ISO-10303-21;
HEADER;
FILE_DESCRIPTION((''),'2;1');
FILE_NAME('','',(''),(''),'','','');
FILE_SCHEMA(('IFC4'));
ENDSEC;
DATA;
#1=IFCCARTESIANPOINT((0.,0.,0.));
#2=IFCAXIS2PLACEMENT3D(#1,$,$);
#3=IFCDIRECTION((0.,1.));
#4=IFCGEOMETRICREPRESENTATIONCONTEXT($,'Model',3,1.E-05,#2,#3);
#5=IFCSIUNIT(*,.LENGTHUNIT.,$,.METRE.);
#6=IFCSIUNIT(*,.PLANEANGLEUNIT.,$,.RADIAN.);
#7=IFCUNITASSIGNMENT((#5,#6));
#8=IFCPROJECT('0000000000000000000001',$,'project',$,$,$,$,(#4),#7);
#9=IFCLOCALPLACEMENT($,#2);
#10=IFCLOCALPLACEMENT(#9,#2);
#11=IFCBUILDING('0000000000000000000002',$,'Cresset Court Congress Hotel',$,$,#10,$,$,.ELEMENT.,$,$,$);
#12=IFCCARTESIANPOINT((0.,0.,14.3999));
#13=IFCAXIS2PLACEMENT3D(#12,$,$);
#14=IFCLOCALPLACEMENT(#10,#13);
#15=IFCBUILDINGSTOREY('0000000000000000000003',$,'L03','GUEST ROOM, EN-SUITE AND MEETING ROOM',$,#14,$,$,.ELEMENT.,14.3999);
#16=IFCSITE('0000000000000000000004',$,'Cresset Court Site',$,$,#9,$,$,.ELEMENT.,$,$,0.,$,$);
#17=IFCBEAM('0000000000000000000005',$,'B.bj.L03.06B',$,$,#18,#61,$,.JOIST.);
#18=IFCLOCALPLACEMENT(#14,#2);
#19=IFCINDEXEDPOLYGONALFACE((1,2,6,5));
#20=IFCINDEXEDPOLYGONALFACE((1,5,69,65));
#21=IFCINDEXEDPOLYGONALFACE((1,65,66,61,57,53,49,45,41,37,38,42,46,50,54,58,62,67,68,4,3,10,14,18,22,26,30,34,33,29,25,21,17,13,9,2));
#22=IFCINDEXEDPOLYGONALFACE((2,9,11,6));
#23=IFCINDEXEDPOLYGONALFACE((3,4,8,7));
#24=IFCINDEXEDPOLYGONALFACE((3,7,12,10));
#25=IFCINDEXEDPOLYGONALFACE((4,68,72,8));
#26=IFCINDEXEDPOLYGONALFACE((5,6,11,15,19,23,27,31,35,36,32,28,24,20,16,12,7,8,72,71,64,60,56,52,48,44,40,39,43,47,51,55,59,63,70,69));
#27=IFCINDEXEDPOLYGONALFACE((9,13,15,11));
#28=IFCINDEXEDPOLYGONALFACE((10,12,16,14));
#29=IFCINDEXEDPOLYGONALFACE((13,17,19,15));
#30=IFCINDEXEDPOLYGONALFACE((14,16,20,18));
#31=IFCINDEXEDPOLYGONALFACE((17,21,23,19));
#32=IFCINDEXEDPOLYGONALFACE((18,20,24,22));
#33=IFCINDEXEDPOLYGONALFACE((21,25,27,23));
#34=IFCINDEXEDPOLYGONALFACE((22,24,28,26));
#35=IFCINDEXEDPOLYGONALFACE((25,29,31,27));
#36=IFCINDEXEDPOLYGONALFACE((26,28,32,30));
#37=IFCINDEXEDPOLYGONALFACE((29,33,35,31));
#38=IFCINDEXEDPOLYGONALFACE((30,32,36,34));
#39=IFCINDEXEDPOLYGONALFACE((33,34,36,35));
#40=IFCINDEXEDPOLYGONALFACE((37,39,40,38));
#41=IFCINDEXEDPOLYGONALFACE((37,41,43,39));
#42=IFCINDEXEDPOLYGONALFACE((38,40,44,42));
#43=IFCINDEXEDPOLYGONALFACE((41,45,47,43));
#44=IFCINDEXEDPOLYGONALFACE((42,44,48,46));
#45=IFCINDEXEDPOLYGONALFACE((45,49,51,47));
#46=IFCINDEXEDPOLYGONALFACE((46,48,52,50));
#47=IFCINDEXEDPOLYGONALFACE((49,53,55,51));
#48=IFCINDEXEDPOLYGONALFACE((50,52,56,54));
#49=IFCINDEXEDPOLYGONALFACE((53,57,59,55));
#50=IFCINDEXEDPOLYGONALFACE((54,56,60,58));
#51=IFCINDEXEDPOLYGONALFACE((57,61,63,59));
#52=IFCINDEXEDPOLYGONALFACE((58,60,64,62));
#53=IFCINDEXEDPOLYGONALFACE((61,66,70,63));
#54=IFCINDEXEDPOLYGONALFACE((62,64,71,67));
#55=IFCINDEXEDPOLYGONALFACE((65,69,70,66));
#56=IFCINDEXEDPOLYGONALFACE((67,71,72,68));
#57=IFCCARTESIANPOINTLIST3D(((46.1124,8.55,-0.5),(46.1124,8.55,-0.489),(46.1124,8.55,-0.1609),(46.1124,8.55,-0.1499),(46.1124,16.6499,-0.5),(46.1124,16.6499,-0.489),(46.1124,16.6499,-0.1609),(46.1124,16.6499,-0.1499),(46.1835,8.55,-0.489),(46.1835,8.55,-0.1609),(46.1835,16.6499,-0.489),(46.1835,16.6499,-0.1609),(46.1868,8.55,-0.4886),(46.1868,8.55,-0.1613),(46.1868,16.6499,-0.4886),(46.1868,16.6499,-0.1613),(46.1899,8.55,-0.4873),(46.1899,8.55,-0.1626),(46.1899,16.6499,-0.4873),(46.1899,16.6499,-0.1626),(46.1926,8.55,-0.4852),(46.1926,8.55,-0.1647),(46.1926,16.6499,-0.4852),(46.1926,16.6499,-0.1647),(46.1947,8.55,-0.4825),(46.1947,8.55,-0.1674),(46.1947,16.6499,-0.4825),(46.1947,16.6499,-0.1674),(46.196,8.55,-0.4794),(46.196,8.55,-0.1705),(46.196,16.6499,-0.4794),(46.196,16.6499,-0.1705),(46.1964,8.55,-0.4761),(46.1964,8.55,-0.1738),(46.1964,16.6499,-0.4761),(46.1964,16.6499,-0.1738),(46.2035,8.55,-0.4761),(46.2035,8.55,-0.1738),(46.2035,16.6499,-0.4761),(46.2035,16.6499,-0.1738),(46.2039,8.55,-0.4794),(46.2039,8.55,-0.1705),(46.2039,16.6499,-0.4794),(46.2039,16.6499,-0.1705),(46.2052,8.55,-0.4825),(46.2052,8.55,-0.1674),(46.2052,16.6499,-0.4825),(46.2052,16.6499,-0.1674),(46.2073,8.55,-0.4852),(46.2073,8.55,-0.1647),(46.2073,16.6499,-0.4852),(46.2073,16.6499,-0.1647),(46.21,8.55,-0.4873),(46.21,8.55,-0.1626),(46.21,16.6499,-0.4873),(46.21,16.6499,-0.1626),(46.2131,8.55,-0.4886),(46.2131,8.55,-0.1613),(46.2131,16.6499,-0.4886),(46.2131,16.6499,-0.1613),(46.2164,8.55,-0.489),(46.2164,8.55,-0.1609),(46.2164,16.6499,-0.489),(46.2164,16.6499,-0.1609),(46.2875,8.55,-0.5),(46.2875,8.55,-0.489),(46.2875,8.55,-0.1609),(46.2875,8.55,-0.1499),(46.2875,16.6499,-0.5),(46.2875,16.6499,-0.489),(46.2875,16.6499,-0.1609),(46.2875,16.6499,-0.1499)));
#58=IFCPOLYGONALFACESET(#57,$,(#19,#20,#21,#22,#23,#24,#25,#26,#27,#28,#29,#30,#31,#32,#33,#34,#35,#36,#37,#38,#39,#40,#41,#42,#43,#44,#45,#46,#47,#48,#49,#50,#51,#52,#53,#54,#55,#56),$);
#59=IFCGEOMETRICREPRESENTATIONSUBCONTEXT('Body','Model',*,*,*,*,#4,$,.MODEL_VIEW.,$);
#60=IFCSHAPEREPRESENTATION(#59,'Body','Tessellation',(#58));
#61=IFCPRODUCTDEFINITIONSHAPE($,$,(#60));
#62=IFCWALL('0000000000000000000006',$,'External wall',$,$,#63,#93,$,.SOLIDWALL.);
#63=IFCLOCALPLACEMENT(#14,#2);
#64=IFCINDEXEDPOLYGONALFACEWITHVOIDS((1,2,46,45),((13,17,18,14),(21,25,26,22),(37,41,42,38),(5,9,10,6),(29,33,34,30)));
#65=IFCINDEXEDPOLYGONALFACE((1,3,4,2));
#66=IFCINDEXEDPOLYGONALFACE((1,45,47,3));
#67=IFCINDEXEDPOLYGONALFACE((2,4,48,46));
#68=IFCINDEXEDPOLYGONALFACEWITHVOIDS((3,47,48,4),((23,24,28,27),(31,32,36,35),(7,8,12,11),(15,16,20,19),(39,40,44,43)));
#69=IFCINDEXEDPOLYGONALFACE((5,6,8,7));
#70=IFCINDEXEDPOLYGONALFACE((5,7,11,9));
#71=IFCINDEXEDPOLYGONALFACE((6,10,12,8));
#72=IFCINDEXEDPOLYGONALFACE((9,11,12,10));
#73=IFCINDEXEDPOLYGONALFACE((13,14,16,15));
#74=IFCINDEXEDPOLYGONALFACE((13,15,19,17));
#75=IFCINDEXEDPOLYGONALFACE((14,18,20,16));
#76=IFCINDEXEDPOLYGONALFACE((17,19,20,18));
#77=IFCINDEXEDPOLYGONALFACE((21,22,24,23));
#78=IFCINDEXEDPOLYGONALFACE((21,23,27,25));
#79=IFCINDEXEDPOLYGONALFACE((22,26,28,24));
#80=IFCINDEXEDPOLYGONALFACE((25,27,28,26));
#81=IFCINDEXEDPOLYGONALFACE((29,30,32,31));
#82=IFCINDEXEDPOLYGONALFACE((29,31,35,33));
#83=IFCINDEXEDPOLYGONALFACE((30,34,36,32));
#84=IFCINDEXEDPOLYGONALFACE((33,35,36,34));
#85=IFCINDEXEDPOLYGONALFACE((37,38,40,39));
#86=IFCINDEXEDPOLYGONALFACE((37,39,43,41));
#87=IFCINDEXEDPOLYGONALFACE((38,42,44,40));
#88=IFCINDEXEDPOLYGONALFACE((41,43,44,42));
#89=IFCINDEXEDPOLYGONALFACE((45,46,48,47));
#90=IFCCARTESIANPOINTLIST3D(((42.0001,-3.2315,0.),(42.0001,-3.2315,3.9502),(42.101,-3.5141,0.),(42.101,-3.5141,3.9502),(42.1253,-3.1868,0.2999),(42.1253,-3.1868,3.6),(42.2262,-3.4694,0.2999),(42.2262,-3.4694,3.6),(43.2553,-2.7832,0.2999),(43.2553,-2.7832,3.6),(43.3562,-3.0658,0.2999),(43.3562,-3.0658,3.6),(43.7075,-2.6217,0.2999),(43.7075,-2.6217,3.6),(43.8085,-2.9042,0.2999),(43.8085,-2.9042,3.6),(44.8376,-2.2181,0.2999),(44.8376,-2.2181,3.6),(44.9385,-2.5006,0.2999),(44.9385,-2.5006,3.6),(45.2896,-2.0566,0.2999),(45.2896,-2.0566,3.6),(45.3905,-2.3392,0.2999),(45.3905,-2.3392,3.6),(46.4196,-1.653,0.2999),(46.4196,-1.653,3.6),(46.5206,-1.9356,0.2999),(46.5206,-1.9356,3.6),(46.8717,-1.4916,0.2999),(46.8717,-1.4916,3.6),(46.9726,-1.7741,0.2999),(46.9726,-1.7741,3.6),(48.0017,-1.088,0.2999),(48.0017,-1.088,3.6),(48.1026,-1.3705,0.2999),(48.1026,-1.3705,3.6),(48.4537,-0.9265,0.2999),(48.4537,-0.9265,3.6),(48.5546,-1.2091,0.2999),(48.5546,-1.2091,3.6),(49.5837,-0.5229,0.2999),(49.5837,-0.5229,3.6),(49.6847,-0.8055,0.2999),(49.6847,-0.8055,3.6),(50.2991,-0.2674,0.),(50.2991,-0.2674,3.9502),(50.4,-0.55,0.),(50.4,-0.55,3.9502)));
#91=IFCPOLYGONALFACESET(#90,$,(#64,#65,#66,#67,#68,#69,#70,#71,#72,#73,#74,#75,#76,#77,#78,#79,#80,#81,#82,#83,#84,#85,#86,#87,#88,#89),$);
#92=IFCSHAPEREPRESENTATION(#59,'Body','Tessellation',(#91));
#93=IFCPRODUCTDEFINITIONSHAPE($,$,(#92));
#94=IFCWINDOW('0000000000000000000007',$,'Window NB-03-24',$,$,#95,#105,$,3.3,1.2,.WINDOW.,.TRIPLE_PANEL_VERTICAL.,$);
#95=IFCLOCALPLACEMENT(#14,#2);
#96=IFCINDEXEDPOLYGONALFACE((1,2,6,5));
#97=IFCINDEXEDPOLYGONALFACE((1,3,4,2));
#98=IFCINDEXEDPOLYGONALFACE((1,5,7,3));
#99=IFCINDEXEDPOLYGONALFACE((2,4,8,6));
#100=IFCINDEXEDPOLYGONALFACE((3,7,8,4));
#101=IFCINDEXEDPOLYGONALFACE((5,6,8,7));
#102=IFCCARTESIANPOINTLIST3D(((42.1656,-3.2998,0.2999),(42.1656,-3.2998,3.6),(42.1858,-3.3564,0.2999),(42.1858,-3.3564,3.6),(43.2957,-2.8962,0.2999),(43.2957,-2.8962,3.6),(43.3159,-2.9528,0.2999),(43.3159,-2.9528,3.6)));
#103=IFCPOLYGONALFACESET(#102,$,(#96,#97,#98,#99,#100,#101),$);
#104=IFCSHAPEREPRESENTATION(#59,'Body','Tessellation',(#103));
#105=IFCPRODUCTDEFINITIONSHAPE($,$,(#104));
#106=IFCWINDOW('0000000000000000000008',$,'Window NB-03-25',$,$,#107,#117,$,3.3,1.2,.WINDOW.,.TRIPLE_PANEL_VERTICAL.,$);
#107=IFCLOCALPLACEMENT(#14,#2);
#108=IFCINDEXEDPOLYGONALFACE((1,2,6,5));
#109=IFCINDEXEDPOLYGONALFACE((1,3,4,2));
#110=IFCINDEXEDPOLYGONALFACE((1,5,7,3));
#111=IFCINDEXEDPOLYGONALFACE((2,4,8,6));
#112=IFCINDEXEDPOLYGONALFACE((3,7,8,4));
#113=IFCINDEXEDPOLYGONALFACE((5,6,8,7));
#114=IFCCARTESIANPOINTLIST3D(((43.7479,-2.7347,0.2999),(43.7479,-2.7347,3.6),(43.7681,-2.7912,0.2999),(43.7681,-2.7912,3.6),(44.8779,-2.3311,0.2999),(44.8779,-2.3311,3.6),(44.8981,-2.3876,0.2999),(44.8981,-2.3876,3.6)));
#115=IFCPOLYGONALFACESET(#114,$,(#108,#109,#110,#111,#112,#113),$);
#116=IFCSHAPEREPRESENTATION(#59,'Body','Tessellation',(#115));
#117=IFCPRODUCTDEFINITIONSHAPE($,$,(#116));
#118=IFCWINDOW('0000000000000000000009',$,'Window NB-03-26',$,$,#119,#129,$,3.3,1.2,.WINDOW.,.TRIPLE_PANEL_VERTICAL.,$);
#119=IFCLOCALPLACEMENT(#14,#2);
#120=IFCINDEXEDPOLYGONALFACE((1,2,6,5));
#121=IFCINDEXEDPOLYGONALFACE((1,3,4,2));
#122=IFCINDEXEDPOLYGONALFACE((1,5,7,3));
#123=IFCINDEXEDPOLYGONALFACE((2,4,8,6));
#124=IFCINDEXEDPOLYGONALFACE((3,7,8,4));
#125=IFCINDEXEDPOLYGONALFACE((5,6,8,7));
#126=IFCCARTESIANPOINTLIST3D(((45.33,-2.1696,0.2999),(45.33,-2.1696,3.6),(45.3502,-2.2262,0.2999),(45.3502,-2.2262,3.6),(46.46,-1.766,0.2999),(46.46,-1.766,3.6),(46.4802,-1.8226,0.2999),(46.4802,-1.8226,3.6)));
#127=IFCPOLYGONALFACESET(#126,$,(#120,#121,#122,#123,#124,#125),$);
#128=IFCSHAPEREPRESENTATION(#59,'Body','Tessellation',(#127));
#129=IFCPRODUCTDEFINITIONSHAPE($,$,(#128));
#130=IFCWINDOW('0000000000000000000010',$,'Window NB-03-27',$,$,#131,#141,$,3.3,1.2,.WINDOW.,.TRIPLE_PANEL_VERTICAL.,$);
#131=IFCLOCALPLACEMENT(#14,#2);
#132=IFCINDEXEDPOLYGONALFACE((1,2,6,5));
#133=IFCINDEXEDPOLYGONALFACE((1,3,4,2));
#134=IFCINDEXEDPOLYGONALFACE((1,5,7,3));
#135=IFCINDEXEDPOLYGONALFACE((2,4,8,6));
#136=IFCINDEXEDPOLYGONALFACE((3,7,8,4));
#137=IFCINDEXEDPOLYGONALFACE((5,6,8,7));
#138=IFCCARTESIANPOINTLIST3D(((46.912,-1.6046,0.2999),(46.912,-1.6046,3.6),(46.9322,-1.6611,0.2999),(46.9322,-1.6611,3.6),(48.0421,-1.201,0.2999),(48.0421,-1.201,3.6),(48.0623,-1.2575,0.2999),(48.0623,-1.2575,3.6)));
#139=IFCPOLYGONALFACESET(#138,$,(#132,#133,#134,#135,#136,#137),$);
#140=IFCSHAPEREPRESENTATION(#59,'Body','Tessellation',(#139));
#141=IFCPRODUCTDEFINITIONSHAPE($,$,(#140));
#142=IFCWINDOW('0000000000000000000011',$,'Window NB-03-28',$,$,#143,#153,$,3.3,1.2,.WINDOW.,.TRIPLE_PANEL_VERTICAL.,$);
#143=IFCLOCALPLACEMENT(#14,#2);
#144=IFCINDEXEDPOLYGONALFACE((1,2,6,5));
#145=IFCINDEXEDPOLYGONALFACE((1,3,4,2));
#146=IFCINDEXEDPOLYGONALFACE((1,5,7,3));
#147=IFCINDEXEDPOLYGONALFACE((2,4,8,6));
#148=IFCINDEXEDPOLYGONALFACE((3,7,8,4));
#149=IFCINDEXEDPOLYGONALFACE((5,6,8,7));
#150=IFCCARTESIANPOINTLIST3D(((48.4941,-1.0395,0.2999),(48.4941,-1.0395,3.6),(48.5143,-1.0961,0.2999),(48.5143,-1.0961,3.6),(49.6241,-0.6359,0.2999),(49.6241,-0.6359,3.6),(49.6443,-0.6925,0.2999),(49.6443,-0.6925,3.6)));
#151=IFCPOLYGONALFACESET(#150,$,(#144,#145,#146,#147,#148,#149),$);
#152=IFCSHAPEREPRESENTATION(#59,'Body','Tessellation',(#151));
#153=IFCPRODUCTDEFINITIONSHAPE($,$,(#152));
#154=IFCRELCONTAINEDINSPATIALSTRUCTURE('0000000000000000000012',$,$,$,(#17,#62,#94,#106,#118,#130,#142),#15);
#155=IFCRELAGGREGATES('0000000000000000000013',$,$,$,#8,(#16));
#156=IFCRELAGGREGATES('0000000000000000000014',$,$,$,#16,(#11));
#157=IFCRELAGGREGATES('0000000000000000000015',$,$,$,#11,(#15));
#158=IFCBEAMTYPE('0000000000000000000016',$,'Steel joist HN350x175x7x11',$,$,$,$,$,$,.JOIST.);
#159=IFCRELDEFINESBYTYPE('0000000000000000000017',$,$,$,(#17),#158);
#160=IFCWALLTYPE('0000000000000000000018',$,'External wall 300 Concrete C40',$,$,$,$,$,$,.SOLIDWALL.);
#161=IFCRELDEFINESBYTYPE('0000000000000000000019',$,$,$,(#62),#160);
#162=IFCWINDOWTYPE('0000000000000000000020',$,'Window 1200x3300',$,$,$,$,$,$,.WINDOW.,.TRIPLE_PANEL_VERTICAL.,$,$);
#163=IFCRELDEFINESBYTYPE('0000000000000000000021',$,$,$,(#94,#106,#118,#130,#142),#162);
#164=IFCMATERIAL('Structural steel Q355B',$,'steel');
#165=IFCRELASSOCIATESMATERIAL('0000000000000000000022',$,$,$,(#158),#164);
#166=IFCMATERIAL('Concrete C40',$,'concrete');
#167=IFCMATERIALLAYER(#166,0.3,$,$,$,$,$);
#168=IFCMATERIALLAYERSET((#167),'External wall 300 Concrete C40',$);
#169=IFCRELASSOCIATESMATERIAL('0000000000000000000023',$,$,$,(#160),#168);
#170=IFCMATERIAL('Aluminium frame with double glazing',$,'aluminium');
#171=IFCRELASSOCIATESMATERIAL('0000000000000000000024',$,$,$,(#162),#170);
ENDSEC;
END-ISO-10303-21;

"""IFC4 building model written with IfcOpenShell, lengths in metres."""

from ifc_helpers import new_model, si_unit, direction, frame, frame_2d, origin, origin_2d, place, context, subcontext, project, spatial, rectangle, i_section, extrude, material, layer, layer_set, material_profile, profile_set, type_object, element, fill, save


model = new_model("IFC4")

# Units and contexts
model_context = context("Model", 3, precision=1e-05, world=origin(), true_north=direction((0.0, 1.0)))
body_context = subcontext(model_context, "Body", "Model", "MODEL_VIEW")
ifc_project = project(units=[si_unit("LENGTHUNIT", "METRE"), si_unit("PLANEANGLEUNIT", "RADIAN")], contexts=[model_context])

# Site, building, storey
site_placement = place(None, origin())
site = spatial("IfcSite", under=ifc_project, at=site_placement, Name="Cresset Court Site", CompositionType="ELEMENT", RefElevation=0.0)
building_placement = place(site_placement, origin())
building = spatial("IfcBuilding", under=site, at=building_placement, Name="Cresset Court Congress Hotel", CompositionType="ELEMENT")
storey_placement = place(building_placement, frame((0.0, 0.0, 14.3999)))
storey = spatial("IfcBuildingStorey", under=building, at=storey_placement, Name="L03", Description="GUEST ROOM, EN-SUITE AND MEETING ROOM", CompositionType="ELEMENT", Elevation=14.3999)

# Beam
ifc_material_1 = material(Name="Structural steel Q355B", Category="steel")
ifc_material_profile_1 = material_profile(ifc_material_1, i_section(OverallWidth=0.175, OverallDepth=0.3501, WebThickness=0.0071, FlangeThickness=0.011, FilletRadius=0.0129, at=origin_2d()), Name="HN350x175x7x11")
ifc_profile_set_1 = profile_set([ifc_material_profile_1], Name="Structural steel Q355B")
beam_type_1 = type_object("IfcBeamType", Name="Steel joist HN350x175x7x11", PredefinedType="JOIST", material=ifc_profile_set_1)
beam_1_placement = place(storey_placement, frame((46.2, 8.55, -0.325), z_axis=(0.0, 1.0, 0.0), x_axis=(-1.0, 0.0, 0.0)))
element("IfcBeam", 1, at=beam_1_placement, inside=storey, type_object=beam_type_1, Name="B.bj.L03.06B", PredefinedType="JOIST", context=body_context, shape_type="SweptSolid", body=[
    extrude(i_section(OverallWidth=0.175, OverallDepth=0.3501, WebThickness=0.0071, FlangeThickness=0.011, FilletRadius=0.0129, at=origin_2d()), origin(), (0.0, 0.0, 1.0), 8.0999),
])

# Wall, openings, windows
ifc_material_2 = material(Name="Concrete C40", Category="concrete")
ifc_layer_1 = layer(ifc_material_2, 0.3)
ifc_layer_set_1 = layer_set([ifc_layer_1], Name="External wall 300 Concrete C40")
wall_type_1 = type_object("IfcWallType", Name="External wall 300 Concrete C40", PredefinedType="SOLIDWALL", material=ifc_layer_set_1)
wall_1_placement = place(storey_placement, frame((42.0505, -3.3728, 0.0), z_axis=(0.0, 0.0, 1.0), x_axis=(0.941736, 0.336352, 0.0)))
wall_1 = element("IfcWall", 2, at=wall_1_placement, inside=storey, type_object=wall_type_1, Name="External wall", PredefinedType="SOLIDWALL", context=body_context, shape_type="SweptSolid", body=[
    extrude(rectangle(XDim=8.8125, YDim=0.3, at=frame_2d((4.4062, 0.0))), origin(), (0.0, 0.0, 1.0), 3.9502),
])
opening_1_placement = place(wall_1_placement, frame((0.1328, 0.0, 0.3)))
opening_1 = element("IfcOpeningElement", 3, at=opening_1_placement, cuts=wall_1, PredefinedType="OPENING", context=body_context, shape_type="SweptSolid", body=[
    extrude(rectangle(XDim=1.2, YDim=3.3, at=frame_2d((0.6001, 1.6499))), frame((0.0, 0.1599, 0.0), z_axis=(0.0, -1.0, 0.0), x_axis=(1.0, 0.0, 0.0)), (0.0, 0.0, 1.0), 0.3201),
])
opening_2_placement = place(wall_1_placement, frame((1.813, 0.0, 0.3)))
opening_2 = element("IfcOpeningElement", 4, at=opening_2_placement, cuts=wall_1, PredefinedType="OPENING", context=body_context, shape_type="SweptSolid", body=[
    extrude(rectangle(XDim=1.2, YDim=3.3, at=frame_2d((0.6001, 1.6499))), frame((0.0, 0.1599, 0.0), z_axis=(0.0, -1.0, 0.0), x_axis=(1.0, 0.0, 0.0)), (0.0, 0.0, 1.0), 0.3201),
])
opening_3_placement = place(wall_1_placement, frame((3.4929, 0.0, 0.3)))
opening_3 = element("IfcOpeningElement", 5, at=opening_3_placement, cuts=wall_1, PredefinedType="OPENING", context=body_context, shape_type="SweptSolid", body=[
    extrude(rectangle(XDim=1.2, YDim=3.3, at=frame_2d((0.6001, 1.6499))), frame((0.0, 0.1599, 0.0), z_axis=(0.0, -1.0, 0.0), x_axis=(1.0, 0.0, 0.0)), (0.0, 0.0, 1.0), 0.3201),
])
opening_4_placement = place(wall_1_placement, frame((5.1729, 0.0, 0.3)))
opening_4 = element("IfcOpeningElement", 6, at=opening_4_placement, cuts=wall_1, PredefinedType="OPENING", context=body_context, shape_type="SweptSolid", body=[
    extrude(rectangle(XDim=1.2, YDim=3.3, at=frame_2d((0.6001, 1.6499))), frame((0.0, 0.1599, 0.0), z_axis=(0.0, -1.0, 0.0), x_axis=(1.0, 0.0, 0.0)), (0.0, 0.0, 1.0), 0.3201),
])
opening_5_placement = place(wall_1_placement, frame((6.8528, 0.0, 0.3)))
opening_5 = element("IfcOpeningElement", 7, at=opening_5_placement, cuts=wall_1, PredefinedType="OPENING", context=body_context, shape_type="SweptSolid", body=[
    extrude(rectangle(XDim=1.2, YDim=3.3, at=frame_2d((0.6001, 1.6499))), frame((0.0, 0.1599, 0.0), z_axis=(0.0, -1.0, 0.0), x_axis=(1.0, 0.0, 0.0)), (0.0, 0.0, 1.0), 0.3201),
])
ifc_material_3 = material(Name="Aluminium frame with double glazing", Category="aluminium")
window_type = type_object("IfcWindowType", Name="Window 1200x3300", PartitioningType="TRIPLE_PANEL_VERTICAL", PredefinedType="WINDOW", material=ifc_material_3)
window_1_placement = place(opening_1_placement, origin())
window_1 = element("IfcWindow", 8, at=window_1_placement, inside=storey, type_object=window_type, Name="Window NB-03-24", OverallHeight=3.3, OverallWidth=1.2, PartitioningType="TRIPLE_PANEL_VERTICAL", PredefinedType="WINDOW", context=body_context, shape_type="SweptSolid", body=[
    extrude(rectangle(XDim=1.2, YDim=3.3, at=frame_2d((0.6001, 1.6499))), frame((0.0, 0.03, 0.0), z_axis=(0.0, -1.0, 0.0), x_axis=(1.0, 0.0, 0.0)), (0.0, 0.0, 1.0), 0.0601),
])
fill(opening_1, window_1)
window_2_placement = place(opening_2_placement, origin())
window_2 = element("IfcWindow", 9, at=window_2_placement, inside=storey, type_object=window_type, Name="Window NB-03-25", OverallHeight=3.3, OverallWidth=1.2, PartitioningType="TRIPLE_PANEL_VERTICAL", PredefinedType="WINDOW", context=body_context, shape_type="SweptSolid", body=[
    extrude(rectangle(XDim=1.2, YDim=3.3, at=frame_2d((0.6001, 1.6499))), frame((0.0, 0.03, 0.0), z_axis=(0.0, -1.0, 0.0), x_axis=(1.0, 0.0, 0.0)), (0.0, 0.0, 1.0), 0.0601),
])
fill(opening_2, window_2)
window_3_placement = place(opening_3_placement, origin())
window_3 = element("IfcWindow", 10, at=window_3_placement, inside=storey, type_object=window_type, Name="Window NB-03-26", OverallHeight=3.3, OverallWidth=1.2, PartitioningType="TRIPLE_PANEL_VERTICAL", PredefinedType="WINDOW", context=body_context, shape_type="SweptSolid", body=[
    extrude(rectangle(XDim=1.2, YDim=3.3, at=frame_2d((0.6001, 1.6499))), frame((0.0, 0.03, 0.0), z_axis=(0.0, -1.0, 0.0), x_axis=(1.0, 0.0, 0.0)), (0.0, 0.0, 1.0), 0.0601),
])
fill(opening_3, window_3)
window_4_placement = place(opening_4_placement, origin())
window_4 = element("IfcWindow", 11, at=window_4_placement, inside=storey, type_object=window_type, Name="Window NB-03-27", OverallHeight=3.3, OverallWidth=1.2, PartitioningType="TRIPLE_PANEL_VERTICAL", PredefinedType="WINDOW", context=body_context, shape_type="SweptSolid", body=[
    extrude(rectangle(XDim=1.2, YDim=3.3, at=frame_2d((0.6001, 1.6499))), frame((0.0, 0.03, 0.0), z_axis=(0.0, -1.0, 0.0), x_axis=(1.0, 0.0, 0.0)), (0.0, 0.0, 1.0), 0.0601),
])
fill(opening_4, window_4)
window_5_placement = place(opening_5_placement, origin())
window_5 = element("IfcWindow", 12, at=window_5_placement, inside=storey, type_object=window_type, Name="Window NB-03-28", OverallHeight=3.3, OverallWidth=1.2, PartitioningType="TRIPLE_PANEL_VERTICAL", PredefinedType="WINDOW", context=body_context, shape_type="SweptSolid", body=[
    extrude(rectangle(XDim=1.2, YDim=3.3, at=frame_2d((0.6001, 1.6499))), frame((0.0, 0.03, 0.0), z_axis=(0.0, -1.0, 0.0), x_axis=(1.0, 0.0, 0.0)), (0.0, 0.0, 1.0), 0.0601),
])
fill(opening_5, window_5)

save(model, "model.ifc")
